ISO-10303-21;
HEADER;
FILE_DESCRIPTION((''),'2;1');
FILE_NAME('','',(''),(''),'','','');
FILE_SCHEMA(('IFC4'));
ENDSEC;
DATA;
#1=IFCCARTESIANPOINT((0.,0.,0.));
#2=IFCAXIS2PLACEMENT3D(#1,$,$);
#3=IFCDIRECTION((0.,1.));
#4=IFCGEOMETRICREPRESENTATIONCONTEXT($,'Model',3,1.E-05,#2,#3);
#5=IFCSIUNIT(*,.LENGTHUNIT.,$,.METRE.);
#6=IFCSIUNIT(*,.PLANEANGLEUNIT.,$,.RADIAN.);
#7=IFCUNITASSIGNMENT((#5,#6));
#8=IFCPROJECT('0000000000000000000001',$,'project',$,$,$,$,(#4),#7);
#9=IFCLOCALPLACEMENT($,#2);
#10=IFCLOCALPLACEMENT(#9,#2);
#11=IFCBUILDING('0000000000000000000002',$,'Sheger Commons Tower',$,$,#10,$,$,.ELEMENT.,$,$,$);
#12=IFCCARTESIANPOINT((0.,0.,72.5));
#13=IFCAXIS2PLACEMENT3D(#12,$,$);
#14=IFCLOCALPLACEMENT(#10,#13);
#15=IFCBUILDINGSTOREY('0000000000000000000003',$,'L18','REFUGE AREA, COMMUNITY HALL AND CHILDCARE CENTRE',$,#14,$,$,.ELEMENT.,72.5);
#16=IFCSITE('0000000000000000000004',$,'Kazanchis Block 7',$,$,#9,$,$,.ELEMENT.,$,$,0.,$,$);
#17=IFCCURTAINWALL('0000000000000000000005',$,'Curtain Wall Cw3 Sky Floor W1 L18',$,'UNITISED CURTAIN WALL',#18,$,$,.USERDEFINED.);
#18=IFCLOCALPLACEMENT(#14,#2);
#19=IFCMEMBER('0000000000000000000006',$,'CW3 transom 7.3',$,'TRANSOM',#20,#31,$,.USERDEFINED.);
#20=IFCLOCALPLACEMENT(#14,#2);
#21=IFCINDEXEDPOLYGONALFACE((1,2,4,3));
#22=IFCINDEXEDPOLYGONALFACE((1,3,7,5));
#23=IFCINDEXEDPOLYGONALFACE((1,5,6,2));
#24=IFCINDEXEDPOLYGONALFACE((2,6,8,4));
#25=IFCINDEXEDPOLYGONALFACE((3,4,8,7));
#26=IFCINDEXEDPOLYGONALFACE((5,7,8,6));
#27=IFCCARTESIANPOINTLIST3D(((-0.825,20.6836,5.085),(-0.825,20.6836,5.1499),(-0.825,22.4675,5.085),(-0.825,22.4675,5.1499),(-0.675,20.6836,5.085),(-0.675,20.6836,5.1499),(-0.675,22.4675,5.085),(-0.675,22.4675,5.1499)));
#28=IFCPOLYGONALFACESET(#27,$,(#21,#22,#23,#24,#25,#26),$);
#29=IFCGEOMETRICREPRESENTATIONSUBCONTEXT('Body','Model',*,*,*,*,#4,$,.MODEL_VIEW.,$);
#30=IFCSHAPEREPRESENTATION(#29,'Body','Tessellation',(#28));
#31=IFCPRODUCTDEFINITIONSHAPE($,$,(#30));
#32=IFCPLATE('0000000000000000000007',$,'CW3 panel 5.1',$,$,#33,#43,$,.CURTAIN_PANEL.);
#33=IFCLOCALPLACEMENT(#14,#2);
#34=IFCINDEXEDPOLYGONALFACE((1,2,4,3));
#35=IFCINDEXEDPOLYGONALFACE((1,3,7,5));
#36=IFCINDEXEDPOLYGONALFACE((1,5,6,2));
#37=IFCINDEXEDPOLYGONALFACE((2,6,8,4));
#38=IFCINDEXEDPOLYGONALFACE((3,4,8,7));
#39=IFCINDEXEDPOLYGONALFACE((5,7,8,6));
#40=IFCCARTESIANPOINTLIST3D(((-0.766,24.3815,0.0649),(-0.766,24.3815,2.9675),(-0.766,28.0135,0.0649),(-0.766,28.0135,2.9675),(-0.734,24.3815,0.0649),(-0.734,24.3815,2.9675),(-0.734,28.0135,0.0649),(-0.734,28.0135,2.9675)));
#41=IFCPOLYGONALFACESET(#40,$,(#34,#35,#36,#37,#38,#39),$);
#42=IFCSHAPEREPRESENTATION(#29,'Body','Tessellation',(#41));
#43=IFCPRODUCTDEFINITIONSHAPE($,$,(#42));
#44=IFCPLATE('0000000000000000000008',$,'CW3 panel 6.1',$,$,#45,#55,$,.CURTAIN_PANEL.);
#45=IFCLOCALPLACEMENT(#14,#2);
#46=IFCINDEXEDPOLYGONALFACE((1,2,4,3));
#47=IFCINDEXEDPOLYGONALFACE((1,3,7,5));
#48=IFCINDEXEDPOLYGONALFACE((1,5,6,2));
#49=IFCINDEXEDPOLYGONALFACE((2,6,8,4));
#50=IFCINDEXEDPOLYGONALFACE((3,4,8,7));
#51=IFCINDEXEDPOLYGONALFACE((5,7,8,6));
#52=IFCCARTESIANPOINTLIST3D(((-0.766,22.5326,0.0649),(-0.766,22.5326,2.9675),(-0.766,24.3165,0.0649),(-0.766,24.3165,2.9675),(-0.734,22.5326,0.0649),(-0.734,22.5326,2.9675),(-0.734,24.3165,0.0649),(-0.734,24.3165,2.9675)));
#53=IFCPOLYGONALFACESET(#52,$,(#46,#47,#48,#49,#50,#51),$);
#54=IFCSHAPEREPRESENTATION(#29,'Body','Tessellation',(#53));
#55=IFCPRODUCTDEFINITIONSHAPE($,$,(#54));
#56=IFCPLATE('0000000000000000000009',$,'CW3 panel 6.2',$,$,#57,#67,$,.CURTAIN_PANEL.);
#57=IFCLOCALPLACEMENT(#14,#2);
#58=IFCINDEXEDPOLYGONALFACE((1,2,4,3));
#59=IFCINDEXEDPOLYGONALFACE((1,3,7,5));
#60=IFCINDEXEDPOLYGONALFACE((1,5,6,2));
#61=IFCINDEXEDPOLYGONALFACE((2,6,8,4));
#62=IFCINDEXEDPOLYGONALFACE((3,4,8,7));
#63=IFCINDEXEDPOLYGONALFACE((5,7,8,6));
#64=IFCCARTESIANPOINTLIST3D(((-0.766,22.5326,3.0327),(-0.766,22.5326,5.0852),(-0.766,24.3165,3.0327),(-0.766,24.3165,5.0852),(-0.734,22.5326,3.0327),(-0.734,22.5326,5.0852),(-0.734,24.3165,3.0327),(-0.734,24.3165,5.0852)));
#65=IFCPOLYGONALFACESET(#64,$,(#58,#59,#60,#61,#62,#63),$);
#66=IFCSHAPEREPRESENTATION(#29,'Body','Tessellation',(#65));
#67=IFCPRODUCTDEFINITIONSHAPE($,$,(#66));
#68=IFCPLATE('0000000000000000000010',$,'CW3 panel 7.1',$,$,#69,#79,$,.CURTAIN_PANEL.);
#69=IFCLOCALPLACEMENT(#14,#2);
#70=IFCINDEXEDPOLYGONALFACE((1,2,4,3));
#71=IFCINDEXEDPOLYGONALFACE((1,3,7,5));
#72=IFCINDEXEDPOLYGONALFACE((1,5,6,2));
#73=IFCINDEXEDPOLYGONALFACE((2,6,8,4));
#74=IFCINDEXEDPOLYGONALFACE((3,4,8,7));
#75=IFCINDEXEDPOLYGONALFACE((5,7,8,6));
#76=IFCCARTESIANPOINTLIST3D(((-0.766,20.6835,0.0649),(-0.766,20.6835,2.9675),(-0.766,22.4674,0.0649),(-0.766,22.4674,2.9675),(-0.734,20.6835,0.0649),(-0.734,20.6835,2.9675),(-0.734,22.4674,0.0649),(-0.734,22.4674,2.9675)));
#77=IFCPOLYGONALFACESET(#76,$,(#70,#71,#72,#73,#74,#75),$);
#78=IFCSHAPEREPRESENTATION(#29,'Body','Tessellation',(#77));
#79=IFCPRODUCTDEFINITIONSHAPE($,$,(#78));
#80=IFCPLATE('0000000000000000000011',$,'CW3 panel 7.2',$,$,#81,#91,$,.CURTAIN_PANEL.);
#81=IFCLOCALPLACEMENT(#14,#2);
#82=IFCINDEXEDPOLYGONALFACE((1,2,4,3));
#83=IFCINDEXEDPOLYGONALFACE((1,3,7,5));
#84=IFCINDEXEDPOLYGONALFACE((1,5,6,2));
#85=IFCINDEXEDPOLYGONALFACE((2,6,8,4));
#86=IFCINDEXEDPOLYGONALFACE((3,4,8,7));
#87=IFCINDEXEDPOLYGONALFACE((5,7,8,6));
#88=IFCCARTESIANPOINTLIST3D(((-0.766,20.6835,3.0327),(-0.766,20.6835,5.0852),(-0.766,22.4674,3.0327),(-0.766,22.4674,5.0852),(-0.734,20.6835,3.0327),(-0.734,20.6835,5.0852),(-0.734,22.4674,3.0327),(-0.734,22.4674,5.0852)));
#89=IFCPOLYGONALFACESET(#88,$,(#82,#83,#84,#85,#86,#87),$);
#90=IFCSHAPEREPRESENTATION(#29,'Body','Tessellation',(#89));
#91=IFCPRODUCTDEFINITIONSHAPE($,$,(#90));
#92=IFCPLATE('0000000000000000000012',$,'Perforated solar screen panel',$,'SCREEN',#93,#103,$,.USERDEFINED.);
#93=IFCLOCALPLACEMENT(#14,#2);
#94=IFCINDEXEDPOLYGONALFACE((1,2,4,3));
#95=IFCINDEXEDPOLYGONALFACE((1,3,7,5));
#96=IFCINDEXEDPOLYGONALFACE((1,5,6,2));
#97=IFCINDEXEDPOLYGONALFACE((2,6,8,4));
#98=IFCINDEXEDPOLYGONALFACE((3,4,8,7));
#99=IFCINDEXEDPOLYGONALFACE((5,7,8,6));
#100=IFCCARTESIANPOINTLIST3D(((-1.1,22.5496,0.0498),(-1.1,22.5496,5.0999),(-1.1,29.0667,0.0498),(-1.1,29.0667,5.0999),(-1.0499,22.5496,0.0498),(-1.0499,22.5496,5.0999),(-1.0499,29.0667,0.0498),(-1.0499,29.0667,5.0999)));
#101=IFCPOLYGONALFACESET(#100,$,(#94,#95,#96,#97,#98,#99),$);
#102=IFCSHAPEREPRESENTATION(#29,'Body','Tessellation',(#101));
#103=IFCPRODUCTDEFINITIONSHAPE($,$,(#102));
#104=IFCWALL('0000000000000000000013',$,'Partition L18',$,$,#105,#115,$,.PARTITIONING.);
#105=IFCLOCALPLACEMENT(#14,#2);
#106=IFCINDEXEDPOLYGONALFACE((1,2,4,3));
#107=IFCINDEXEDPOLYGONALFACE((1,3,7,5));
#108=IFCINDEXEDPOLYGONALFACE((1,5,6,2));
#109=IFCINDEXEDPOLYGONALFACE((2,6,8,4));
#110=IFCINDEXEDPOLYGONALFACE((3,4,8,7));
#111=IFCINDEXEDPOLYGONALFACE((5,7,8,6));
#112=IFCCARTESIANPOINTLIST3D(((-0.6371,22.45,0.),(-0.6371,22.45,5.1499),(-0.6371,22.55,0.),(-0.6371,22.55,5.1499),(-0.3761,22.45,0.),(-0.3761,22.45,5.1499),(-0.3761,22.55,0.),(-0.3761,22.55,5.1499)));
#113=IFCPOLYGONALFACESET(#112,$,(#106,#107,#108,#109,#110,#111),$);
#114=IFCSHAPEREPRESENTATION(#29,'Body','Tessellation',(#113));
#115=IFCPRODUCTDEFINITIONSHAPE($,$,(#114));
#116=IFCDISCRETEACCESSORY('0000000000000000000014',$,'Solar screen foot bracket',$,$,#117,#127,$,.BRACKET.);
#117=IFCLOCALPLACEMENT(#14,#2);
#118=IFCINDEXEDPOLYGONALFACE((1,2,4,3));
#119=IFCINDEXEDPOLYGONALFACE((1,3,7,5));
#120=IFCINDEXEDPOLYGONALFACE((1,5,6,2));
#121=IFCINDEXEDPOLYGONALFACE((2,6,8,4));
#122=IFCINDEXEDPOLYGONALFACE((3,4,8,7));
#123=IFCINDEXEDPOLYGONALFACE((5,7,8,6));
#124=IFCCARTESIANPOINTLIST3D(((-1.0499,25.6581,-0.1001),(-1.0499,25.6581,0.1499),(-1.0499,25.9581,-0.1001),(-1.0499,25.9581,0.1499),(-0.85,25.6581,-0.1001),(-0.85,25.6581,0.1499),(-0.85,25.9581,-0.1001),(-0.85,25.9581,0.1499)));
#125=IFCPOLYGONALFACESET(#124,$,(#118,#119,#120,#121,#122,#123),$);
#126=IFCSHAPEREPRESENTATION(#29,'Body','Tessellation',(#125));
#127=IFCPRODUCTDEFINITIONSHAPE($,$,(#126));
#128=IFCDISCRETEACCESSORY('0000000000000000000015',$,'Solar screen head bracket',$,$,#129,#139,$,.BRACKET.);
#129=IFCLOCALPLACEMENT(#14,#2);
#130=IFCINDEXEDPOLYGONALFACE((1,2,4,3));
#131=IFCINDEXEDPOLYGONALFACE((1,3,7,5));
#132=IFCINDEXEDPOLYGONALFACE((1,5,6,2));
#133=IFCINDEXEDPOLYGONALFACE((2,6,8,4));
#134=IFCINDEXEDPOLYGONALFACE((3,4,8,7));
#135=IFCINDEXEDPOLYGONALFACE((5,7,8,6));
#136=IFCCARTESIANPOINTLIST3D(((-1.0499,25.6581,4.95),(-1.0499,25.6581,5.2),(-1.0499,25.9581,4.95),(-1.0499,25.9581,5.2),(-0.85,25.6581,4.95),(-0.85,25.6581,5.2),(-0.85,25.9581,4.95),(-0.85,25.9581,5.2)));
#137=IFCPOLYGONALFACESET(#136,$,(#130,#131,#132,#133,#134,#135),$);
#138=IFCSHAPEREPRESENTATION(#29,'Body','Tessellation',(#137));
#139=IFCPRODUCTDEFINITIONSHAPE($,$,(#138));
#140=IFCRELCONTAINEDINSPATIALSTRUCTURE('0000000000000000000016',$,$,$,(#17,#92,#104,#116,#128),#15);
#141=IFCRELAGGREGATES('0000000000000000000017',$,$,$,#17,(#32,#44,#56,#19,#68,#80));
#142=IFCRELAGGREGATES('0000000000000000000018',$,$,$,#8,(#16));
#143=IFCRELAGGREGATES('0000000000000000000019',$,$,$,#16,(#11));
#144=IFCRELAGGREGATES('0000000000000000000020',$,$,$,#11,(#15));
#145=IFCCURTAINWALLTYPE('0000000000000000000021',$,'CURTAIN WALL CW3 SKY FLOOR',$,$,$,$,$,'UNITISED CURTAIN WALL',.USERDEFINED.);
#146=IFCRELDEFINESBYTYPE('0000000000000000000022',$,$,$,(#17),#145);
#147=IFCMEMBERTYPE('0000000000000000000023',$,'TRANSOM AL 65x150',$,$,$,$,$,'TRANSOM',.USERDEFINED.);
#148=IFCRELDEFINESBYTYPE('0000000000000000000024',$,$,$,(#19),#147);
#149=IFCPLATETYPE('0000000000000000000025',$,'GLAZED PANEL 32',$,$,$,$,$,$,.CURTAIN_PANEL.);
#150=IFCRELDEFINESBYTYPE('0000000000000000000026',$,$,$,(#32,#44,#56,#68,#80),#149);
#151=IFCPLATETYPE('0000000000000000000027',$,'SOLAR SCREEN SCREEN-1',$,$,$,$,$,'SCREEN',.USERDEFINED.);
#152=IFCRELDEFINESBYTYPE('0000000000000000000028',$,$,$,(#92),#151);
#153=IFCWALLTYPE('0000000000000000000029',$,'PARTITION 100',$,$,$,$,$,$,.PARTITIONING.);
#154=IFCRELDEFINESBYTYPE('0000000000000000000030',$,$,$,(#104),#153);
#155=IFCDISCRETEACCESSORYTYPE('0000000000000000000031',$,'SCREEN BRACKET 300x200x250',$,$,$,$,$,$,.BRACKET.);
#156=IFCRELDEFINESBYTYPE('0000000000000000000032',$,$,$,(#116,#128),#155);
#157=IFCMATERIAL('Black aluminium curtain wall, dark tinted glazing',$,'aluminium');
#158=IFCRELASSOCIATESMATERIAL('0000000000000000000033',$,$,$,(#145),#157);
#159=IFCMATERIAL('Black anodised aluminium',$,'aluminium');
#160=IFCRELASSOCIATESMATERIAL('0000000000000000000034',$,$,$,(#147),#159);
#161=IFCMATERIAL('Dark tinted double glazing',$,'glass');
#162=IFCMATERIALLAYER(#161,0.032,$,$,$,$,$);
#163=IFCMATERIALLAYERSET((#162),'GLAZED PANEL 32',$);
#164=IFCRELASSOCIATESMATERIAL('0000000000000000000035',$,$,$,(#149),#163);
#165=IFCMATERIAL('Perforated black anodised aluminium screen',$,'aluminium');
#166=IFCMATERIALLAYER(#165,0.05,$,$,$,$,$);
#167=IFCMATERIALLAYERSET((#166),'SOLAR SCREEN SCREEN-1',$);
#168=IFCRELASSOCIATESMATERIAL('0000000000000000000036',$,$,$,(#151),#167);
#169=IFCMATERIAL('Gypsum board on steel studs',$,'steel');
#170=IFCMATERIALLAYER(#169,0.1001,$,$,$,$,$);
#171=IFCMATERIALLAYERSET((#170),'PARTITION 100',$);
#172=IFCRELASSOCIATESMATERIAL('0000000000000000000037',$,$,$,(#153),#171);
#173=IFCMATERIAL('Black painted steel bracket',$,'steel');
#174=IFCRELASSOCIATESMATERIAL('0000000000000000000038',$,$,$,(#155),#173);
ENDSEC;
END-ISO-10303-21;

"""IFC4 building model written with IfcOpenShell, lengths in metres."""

from ifc_helpers import new_model, si_unit, direction, frame, frame_2d, origin, origin_2d, place, context, subcontext, project, spatial, rectangle, extrude, material, layer, layer_set, material_profile, profile_set, type_object, element, aggregate, save


model = new_model("IFC4")

# Units and contexts
model_context = context("Model", 3, precision=1e-05, world=origin(), true_north=direction((0.0, 1.0)))
body_context = subcontext(model_context, "Body", "Model", "MODEL_VIEW")
ifc_project = project(units=[si_unit("LENGTHUNIT", "METRE"), si_unit("PLANEANGLEUNIT", "RADIAN")], contexts=[model_context])

# Site, building, storey
site_placement = place(None, origin())
site = spatial("IfcSite", under=ifc_project, at=site_placement, Name="Kazanchis Block 7", CompositionType="ELEMENT", RefElevation=0.0)
building_placement = place(site_placement, origin())
building = spatial("IfcBuilding", under=site, at=building_placement, Name="Sheger Commons Tower", CompositionType="ELEMENT")
storey_placement = place(building_placement, frame((0.0, 0.0, 72.5)))
storey = spatial("IfcBuildingStorey", under=building, at=storey_placement, Name="L18", Description="REFUGE AREA, COMMUNITY HALL AND CHILDCARE CENTRE", CompositionType="ELEMENT", Elevation=72.5)

# Curtain wall
ifc_material_1 = material(Name="Black aluminium curtain wall, dark tinted glazing", Category="aluminium")
curtain_wall_type = type_object("IfcCurtainWallType", Name="CURTAIN WALL CW3 SKY FLOOR", ElementType="UNITISED CURTAIN WALL", PredefinedType="USERDEFINED", material=ifc_material_1)
curtain_wall_placement = place(storey_placement, origin())
curtain_wall = element("IfcCurtainWall", 1, at=curtain_wall_placement, inside=storey, type_object=curtain_wall_type, Name="Curtain Wall Cw3 Sky Floor W1 L18", ObjectType="UNITISED CURTAIN WALL", PredefinedType="USERDEFINED")

# Member
ifc_material_2 = material(Name="Black anodised aluminium", Category="aluminium")
ifc_material_profile_1 = material_profile(ifc_material_2, rectangle(XDim=0.1499, YDim=0.0649, at=origin_2d()), Name="AL 65x150")
ifc_profile_set_1 = profile_set([ifc_material_profile_1], Name="Black anodised aluminium")
member_type_1 = type_object("IfcMemberType", Name="TRANSOM AL 65x150", ElementType="TRANSOM", PredefinedType="USERDEFINED", material=ifc_profile_set_1)
member_1_placement = place(storey_placement, frame((-0.75, 22.4675, 5.1174), z_axis=(0.0, -1.0, 0.0), x_axis=(1.0, 0.0, 0.0)))
member_1 = element("IfcMember", 2, at=member_1_placement, type_object=member_type_1, Name="CW3 transom 7.3", ObjectType="TRANSOM", PredefinedType="USERDEFINED", context=body_context, shape_type="SweptSolid", body=[
    extrude(rectangle(XDim=0.1499, YDim=0.0649, at=origin_2d()), origin(), (0.0, 0.0, 1.0), 1.7839),
])

# Plates
ifc_material_3 = material(Name="Dark tinted double glazing", Category="glass")
ifc_layer_1 = layer(ifc_material_3, 0.032)
ifc_layer_set_1 = layer_set([ifc_layer_1], Name="GLAZED PANEL 32")
plate_type_1 = type_object("IfcPlateType", Name="GLAZED PANEL 32", PredefinedType="CURTAIN_PANEL", material=ifc_layer_set_1)
plate_1_placement = place(storey_placement, frame((-0.75, 26.1975, 0.0649), z_axis=(0.0, 0.0, 1.0), x_axis=(0.0, -1.0, 0.0)))
plate_1 = element("IfcPlate", 3, at=plate_1_placement, type_object=plate_type_1, Name="CW3 panel 5.1", PredefinedType="CURTAIN_PANEL", context=body_context, shape_type="SweptSolid", body=[
    extrude(rectangle(XDim=3.6321, YDim=0.032, at=origin_2d()), origin(), (0.0, 0.0, 1.0), 2.9026),
])
plate_2_placement = place(storey_placement, frame((-0.75, 23.4246, 0.0649), z_axis=(0.0, 0.0, 1.0), x_axis=(0.0, -1.0, 0.0)))
plate_2 = element("IfcPlate", 4, at=plate_2_placement, type_object=plate_type_1, Name="CW3 panel 6.1", PredefinedType="CURTAIN_PANEL", context=body_context, shape_type="SweptSolid", body=[
    extrude(rectangle(XDim=1.7839, YDim=0.032, at=origin_2d()), origin(), (0.0, 0.0, 1.0), 2.9026),
])
plate_3_placement = place(storey_placement, frame((-0.75, 23.4246, 3.0327), z_axis=(0.0, 0.0, 1.0), x_axis=(0.0, -1.0, 0.0)))
plate_3 = element("IfcPlate", 5, at=plate_3_placement, type_object=plate_type_1, Name="CW3 panel 6.2", PredefinedType="CURTAIN_PANEL", context=body_context, shape_type="SweptSolid", body=[
    extrude(rectangle(XDim=1.7839, YDim=0.032, at=origin_2d()), origin(), (0.0, 0.0, 1.0), 2.0525),
])
plate_4_placement = place(storey_placement, frame((-0.75, 21.5754, 0.0649), z_axis=(0.0, 0.0, 1.0), x_axis=(0.0, -1.0, 0.0)))
plate_4 = element("IfcPlate", 6, at=plate_4_placement, type_object=plate_type_1, Name="CW3 panel 7.1", PredefinedType="CURTAIN_PANEL", context=body_context, shape_type="SweptSolid", body=[
    extrude(rectangle(XDim=1.7839, YDim=0.032, at=origin_2d()), origin(), (0.0, 0.0, 1.0), 2.9026),
])
plate_5_placement = place(storey_placement, frame((-0.75, 21.5754, 3.0327), z_axis=(0.0, 0.0, 1.0), x_axis=(0.0, -1.0, 0.0)))
plate_5 = element("IfcPlate", 7, at=plate_5_placement, type_object=plate_type_1, Name="CW3 panel 7.2", PredefinedType="CURTAIN_PANEL", context=body_context, shape_type="SweptSolid", body=[
    extrude(rectangle(XDim=1.7839, YDim=0.032, at=origin_2d()), origin(), (0.0, 0.0, 1.0), 2.0525),
])
aggregate(curtain_wall, [plate_1, plate_2, plate_3, member_1, plate_4, plate_5])
ifc_material_4 = material(Name="Perforated black anodised aluminium screen", Category="aluminium")
ifc_layer_2 = layer(ifc_material_4, 0.05)
ifc_layer_set_2 = layer_set([ifc_layer_2], Name="SOLAR SCREEN SCREEN-1")
plate_type_2 = type_object("IfcPlateType", Name="SOLAR SCREEN SCREEN-1", ElementType="SCREEN", PredefinedType="USERDEFINED", material=ifc_layer_set_2)
plate_6_placement = place(storey_placement, frame((-1.075, 25.8081, 0.0498), z_axis=(0.0, 0.0, 1.0), x_axis=(0.0, -1.0, 0.0)))
element("IfcPlate", 8, at=plate_6_placement, inside=storey, type_object=plate_type_2, Name="Perforated solar screen panel", ObjectType="SCREEN", PredefinedType="USERDEFINED", context=body_context, shape_type="SweptSolid", body=[
    extrude(rectangle(XDim=6.5171, YDim=0.05, at=origin_2d()), origin(), (0.0, 0.0, 1.0), 5.05),
])

# Wall
ifc_material_5 = material(Name="Gypsum board on steel studs", Category="steel")
ifc_layer_3 = layer(ifc_material_5, 0.1001)
ifc_layer_set_3 = layer_set([ifc_layer_3], Name="PARTITION 100")
wall_type = type_object("IfcWallType", Name="PARTITION 100", PredefinedType="PARTITIONING", material=ifc_layer_set_3)
wall_placement = place(storey_placement, frame((-0.637, 22.5, 0.0), z_axis=(0.0, 0.0, 1.0), x_axis=(1.0, 0.0, 0.0)))
element("IfcWall", 9, at=wall_placement, inside=storey, type_object=wall_type, Name="Partition L18", PredefinedType="PARTITIONING", context=body_context, shape_type="SweptSolid", body=[
    extrude(rectangle(XDim=0.261, YDim=0.1001, at=frame_2d((0.1304, 0.0))), origin(), (0.0, 0.0, 1.0), 5.1499),
])

# Discrete accessories
ifc_material_6 = material(Name="Black painted steel bracket", Category="steel")
discrete_accessory_type = type_object("IfcDiscreteAccessoryType", Name="SCREEN BRACKET 300x200x250", PredefinedType="BRACKET", material=ifc_material_6)
for number, where, z_axis, x_axis, name in (
    (10, (-0.95, 25.8081, -0.1001), (0.0, 0.0, 1.0), (0.0, -1.0, 0.0), "Solar screen foot bracket"),
    (11, (-0.95, 25.8081, 4.95), (0.0, 0.0, 1.0), (0.0, -1.0, 0.0), "Solar screen head bracket"),
):
    element("IfcDiscreteAccessory", number, at=place(storey_placement, frame(where, z_axis=z_axis, x_axis=x_axis)), inside=storey, type_object=discrete_accessory_type, Name=name, PredefinedType="BRACKET", context=body_context, shape_type="SweptSolid", body=[
        extrude(rectangle(XDim=0.3, YDim=0.2, at=origin_2d()), origin(), (0.0, 0.0, 1.0), 0.25),
    ])

save(model, "model.ifc")
